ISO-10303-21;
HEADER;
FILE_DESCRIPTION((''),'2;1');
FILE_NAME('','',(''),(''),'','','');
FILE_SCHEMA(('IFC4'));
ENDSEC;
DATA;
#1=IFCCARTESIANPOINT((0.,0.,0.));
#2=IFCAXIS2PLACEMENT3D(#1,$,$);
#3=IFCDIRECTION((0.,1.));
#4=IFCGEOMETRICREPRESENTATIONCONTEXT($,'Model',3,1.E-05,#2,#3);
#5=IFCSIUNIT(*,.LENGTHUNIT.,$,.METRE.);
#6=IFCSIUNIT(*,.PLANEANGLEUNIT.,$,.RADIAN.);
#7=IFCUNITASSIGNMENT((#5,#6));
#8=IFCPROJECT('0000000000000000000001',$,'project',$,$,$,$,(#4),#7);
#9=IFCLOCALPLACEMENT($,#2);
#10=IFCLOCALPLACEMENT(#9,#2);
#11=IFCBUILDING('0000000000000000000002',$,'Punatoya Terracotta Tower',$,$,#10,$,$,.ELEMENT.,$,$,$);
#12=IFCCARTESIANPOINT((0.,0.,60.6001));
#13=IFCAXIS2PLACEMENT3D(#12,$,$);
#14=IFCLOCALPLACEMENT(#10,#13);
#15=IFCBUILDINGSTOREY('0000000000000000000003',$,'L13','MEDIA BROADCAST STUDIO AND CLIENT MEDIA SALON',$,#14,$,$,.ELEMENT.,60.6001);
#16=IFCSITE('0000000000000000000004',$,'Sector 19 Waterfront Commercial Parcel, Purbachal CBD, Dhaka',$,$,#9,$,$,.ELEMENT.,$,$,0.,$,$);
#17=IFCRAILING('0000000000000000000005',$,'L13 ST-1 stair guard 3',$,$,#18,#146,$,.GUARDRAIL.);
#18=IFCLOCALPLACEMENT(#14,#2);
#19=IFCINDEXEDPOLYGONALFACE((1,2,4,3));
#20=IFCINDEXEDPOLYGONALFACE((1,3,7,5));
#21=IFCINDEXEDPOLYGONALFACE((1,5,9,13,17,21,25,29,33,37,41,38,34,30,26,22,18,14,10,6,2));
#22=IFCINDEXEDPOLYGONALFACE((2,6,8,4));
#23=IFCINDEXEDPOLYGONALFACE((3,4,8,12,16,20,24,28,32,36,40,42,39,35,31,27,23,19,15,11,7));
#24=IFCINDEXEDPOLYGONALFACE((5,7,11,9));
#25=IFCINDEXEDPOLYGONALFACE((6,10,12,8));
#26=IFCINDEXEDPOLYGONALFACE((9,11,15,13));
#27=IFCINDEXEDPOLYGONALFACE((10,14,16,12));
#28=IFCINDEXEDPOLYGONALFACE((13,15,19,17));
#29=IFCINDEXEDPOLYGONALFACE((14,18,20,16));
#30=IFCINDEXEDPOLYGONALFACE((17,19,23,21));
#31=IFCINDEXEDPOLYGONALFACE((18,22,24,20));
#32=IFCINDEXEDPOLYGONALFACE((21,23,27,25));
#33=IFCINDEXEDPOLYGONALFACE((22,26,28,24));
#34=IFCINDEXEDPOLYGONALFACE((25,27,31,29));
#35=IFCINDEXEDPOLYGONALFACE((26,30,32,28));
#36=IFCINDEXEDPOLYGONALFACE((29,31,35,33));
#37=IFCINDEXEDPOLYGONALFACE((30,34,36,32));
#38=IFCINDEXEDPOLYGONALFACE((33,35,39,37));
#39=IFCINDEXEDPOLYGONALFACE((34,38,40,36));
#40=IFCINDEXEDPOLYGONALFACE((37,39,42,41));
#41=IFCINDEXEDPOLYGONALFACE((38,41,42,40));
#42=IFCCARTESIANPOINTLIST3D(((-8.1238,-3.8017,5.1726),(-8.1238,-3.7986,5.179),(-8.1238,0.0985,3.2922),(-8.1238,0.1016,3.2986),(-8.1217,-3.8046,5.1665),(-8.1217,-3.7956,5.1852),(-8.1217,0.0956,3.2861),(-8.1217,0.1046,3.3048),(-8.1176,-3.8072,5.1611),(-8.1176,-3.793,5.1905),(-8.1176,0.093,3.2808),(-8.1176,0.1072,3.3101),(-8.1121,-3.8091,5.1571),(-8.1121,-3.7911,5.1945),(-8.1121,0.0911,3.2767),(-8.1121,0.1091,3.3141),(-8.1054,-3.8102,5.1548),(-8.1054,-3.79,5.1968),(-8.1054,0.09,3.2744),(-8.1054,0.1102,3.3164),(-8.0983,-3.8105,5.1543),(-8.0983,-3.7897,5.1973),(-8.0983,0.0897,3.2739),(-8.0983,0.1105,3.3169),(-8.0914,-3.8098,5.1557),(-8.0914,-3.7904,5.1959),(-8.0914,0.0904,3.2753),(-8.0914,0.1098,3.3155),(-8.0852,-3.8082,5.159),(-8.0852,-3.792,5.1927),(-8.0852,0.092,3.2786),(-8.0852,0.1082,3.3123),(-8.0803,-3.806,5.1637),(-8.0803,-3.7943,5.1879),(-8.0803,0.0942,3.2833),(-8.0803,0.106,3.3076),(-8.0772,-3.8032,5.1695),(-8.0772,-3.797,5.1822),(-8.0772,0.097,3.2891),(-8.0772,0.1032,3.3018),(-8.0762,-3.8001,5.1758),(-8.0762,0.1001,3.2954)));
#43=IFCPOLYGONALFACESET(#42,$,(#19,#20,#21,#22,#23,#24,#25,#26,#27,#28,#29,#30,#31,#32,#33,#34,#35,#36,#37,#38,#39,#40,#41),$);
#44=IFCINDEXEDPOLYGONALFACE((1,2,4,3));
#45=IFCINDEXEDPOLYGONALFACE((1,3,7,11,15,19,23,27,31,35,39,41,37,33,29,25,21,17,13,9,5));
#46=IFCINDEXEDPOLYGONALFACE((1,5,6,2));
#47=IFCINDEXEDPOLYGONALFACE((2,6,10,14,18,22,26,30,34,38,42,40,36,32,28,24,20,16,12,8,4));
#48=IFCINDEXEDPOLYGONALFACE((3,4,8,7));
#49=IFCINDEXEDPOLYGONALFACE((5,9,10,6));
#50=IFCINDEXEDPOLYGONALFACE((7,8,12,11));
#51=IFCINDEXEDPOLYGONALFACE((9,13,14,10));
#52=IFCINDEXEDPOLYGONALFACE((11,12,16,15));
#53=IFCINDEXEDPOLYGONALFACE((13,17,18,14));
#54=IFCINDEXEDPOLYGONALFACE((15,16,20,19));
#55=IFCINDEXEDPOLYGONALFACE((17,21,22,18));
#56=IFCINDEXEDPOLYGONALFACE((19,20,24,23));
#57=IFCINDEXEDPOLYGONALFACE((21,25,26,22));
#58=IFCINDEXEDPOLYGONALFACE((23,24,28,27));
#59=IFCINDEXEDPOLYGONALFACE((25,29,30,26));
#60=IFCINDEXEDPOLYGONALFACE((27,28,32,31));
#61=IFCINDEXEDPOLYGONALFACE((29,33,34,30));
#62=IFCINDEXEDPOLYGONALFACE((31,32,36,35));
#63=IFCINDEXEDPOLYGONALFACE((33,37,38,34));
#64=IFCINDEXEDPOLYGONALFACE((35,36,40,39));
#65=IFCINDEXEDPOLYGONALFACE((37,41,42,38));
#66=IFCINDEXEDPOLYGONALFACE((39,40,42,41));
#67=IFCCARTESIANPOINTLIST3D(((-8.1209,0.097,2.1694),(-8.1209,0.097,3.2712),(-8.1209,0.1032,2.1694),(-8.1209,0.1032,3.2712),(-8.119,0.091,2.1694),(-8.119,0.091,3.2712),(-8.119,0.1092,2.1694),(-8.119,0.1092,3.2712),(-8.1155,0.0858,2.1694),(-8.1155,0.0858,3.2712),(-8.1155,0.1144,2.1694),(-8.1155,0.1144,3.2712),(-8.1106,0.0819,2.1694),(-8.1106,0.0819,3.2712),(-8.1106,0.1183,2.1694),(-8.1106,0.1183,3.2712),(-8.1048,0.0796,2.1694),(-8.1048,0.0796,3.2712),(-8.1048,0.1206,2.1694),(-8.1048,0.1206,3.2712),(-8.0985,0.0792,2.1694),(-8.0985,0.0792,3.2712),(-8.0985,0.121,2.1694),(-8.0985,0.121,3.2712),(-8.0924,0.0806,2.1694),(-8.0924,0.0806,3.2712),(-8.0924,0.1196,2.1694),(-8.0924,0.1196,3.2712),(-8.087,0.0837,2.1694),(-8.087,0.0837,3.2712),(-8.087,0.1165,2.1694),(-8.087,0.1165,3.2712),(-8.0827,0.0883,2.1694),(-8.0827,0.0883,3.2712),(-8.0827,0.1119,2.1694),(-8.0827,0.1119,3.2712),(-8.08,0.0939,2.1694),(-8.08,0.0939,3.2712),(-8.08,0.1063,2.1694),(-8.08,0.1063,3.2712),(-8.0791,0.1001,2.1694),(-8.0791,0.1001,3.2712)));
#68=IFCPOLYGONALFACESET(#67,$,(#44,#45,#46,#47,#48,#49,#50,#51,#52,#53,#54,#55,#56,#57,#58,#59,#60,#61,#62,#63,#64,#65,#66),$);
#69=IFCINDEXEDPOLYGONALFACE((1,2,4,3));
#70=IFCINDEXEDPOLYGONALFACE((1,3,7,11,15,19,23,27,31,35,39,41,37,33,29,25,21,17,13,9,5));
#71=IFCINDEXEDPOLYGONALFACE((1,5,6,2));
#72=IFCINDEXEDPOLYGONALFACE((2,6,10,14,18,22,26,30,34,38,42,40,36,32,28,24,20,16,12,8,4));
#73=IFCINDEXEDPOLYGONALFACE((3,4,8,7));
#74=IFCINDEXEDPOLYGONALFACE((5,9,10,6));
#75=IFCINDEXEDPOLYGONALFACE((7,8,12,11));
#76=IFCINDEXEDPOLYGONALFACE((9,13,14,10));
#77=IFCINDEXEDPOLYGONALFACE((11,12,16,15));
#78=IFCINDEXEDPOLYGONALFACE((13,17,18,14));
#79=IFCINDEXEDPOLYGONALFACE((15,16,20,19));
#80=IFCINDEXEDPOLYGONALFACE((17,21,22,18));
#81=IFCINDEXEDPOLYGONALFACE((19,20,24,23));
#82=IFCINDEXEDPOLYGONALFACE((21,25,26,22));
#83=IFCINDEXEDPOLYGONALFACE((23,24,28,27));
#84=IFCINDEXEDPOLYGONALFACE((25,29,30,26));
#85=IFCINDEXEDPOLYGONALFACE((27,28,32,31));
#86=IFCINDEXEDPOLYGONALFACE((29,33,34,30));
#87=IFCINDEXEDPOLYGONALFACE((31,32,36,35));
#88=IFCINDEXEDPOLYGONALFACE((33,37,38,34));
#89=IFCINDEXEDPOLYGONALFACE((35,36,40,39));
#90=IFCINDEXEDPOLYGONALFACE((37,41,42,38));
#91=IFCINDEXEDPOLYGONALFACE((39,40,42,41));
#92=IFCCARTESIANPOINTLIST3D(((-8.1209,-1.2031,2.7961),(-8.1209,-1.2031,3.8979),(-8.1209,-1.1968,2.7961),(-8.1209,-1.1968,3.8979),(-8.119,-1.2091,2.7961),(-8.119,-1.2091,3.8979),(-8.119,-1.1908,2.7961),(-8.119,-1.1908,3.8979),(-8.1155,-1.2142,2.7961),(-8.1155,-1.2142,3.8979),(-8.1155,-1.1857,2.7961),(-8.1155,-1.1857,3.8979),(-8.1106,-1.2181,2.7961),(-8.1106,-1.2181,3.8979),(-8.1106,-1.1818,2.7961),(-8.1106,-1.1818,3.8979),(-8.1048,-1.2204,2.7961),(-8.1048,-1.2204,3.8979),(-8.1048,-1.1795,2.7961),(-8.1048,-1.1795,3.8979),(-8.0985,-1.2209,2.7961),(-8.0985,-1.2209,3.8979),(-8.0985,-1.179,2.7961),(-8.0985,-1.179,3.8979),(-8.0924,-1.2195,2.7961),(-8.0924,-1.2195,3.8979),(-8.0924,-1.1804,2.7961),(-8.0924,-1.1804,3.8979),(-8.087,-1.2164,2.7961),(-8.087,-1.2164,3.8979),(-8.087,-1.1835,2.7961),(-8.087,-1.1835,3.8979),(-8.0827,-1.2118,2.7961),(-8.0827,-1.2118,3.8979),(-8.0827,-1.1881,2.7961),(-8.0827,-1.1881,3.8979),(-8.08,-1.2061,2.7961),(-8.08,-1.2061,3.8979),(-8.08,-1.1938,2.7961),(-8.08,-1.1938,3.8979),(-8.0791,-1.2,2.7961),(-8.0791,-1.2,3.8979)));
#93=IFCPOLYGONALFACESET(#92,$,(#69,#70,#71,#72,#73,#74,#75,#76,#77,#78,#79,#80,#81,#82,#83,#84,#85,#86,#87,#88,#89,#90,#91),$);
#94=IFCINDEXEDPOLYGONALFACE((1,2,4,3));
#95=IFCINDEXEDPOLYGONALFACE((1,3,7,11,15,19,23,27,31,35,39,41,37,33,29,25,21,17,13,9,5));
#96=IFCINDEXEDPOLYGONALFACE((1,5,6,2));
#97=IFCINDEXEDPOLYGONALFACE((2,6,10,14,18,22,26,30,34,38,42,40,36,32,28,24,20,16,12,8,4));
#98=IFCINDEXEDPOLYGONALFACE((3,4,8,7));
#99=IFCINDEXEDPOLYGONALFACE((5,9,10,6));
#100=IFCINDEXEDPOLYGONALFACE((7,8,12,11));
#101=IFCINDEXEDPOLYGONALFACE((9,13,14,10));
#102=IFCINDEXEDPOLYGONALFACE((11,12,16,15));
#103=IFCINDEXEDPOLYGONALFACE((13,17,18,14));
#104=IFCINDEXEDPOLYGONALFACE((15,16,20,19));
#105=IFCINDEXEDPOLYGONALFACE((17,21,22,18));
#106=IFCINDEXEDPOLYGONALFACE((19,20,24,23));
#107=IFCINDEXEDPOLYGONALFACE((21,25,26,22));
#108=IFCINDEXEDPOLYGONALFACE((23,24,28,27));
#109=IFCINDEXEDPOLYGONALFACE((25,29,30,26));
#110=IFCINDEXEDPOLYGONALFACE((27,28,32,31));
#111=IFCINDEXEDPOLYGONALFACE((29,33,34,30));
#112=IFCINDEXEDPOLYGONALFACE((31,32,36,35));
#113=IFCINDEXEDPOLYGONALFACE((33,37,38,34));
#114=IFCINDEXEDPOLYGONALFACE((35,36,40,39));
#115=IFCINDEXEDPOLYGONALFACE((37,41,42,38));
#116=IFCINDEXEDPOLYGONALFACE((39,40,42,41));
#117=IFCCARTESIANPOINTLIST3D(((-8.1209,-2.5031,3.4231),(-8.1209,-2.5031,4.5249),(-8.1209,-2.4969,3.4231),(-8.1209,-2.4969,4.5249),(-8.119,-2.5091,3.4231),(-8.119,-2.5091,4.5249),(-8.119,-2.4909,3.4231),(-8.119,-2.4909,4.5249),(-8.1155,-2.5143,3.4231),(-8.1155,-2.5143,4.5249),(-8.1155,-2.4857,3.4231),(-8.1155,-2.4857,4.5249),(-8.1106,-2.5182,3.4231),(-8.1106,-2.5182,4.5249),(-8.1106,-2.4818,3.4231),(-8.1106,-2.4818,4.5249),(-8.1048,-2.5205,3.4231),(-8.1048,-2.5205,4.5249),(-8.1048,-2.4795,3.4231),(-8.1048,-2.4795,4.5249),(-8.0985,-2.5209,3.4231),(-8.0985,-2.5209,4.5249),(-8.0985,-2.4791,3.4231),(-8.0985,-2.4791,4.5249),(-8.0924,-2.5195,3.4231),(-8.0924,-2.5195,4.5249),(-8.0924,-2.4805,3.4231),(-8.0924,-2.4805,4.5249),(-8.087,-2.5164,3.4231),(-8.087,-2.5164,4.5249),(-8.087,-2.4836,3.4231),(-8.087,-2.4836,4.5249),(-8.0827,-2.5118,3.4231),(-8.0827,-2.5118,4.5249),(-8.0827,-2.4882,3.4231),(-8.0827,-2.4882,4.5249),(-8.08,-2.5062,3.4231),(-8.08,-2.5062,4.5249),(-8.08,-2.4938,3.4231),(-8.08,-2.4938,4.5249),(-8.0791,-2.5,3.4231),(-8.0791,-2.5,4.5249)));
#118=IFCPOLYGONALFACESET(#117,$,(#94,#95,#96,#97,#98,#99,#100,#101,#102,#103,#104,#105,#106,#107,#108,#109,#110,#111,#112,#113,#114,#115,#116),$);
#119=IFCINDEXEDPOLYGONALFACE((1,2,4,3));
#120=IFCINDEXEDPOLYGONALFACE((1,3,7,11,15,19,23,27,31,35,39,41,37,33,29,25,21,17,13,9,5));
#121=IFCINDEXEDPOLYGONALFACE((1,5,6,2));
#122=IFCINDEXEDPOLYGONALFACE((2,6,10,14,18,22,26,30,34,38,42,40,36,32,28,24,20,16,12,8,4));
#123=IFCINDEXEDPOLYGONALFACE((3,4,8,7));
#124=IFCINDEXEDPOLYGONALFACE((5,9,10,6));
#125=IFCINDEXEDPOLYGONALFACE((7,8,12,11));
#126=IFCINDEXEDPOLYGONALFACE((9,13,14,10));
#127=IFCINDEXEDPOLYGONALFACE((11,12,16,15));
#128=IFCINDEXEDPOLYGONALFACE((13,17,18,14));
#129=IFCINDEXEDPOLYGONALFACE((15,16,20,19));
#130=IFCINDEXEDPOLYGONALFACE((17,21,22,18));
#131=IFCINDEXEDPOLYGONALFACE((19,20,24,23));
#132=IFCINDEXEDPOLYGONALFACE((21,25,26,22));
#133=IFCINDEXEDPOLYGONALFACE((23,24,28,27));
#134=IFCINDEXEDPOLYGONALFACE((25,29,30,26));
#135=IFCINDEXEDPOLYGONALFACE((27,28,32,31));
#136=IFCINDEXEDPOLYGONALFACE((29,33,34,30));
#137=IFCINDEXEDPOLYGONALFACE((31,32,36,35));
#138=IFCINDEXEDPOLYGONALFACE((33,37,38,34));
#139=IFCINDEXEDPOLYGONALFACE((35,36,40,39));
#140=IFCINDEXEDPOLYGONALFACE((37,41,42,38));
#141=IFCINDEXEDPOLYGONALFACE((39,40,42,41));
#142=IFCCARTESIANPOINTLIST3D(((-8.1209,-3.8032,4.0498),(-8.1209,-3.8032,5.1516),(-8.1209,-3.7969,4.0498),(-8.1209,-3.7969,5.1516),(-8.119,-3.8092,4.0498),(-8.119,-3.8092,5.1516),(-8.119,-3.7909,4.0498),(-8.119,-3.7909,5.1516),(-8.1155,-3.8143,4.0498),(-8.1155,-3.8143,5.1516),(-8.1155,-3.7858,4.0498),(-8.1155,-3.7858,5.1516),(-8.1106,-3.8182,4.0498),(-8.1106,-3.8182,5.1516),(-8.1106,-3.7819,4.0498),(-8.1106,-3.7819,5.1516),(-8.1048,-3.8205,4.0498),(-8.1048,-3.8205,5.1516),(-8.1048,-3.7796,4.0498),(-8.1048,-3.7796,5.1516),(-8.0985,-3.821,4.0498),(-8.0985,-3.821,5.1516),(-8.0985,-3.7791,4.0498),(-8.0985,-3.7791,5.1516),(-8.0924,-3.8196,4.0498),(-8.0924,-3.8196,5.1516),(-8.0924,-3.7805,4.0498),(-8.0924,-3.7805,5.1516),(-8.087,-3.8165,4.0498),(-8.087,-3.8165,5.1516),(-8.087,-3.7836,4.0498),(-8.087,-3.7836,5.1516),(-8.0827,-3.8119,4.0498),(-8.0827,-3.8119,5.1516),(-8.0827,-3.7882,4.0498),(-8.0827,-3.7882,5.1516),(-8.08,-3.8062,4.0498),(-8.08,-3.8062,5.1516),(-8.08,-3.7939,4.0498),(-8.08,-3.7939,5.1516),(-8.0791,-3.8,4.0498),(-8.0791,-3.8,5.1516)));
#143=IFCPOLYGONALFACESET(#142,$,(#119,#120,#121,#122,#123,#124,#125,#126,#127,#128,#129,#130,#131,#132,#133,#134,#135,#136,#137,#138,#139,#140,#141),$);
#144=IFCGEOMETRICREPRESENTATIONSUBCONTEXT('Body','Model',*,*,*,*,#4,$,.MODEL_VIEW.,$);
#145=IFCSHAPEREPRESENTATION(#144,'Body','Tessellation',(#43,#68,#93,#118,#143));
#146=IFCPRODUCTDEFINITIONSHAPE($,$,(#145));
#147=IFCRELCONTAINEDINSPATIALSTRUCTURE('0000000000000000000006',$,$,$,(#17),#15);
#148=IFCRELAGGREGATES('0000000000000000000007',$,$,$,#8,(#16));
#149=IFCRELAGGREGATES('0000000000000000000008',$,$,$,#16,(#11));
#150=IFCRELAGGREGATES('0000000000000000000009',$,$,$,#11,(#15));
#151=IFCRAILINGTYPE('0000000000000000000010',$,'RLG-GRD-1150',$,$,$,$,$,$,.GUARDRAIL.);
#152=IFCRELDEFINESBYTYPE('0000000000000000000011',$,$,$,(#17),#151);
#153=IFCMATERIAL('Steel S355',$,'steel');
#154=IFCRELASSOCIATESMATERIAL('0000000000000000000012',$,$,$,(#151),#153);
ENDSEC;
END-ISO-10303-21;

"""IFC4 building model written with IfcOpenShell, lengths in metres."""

from ifc_helpers import new_model, si_unit, direction, frame, origin, origin_2d, place, context, subcontext, project, spatial, circle, extrude, material, type_object, element, save


model = new_model("IFC4")

# Units and contexts
model_context = context("Model", 3, precision=1e-05, world=origin(), true_north=direction((0.0, 1.0)))
body_context = subcontext(model_context, "Body", "Model", "MODEL_VIEW")
ifc_project = project(units=[si_unit("LENGTHUNIT", "METRE"), si_unit("PLANEANGLEUNIT", "RADIAN")], contexts=[model_context])

# Site, building, storey
site_placement = place(None, origin())
site = spatial("IfcSite", under=ifc_project, at=site_placement, Name="Sector 19 Waterfront Commercial Parcel, Purbachal CBD, Dhaka", CompositionType="ELEMENT", RefElevation=0.0)
building_placement = place(site_placement, origin())
building = spatial("IfcBuilding", under=site, at=building_placement, Name="Punatoya Terracotta Tower", CompositionType="ELEMENT")
storey_placement = place(building_placement, frame((0.0, 0.0, 60.6001)))
storey = spatial("IfcBuildingStorey", under=building, at=storey_placement, Name="L13", Description="MEDIA BROADCAST STUDIO AND CLIENT MEDIA SALON", CompositionType="ELEMENT", Elevation=60.6001)

# Shared definitions
ifc_material_1 = material(Name="Steel S355", Category="steel")

# Railing
railing_type_1 = type_object("IfcRailingType", Name="RLG-GRD-1150", PredefinedType="GUARDRAIL", material=ifc_material_1)
railing_1_placement = place(storey_placement, frame((-8.1001, 0.1001, 2.1694)))
element("IfcRailing", 1, at=railing_1_placement, inside=storey, type_object=railing_type_1, Name="L13 ST-1 stair guard 3", PredefinedType="GUARDRAIL", context=body_context, shape_type="SweptSolid", body=[
    extrude(circle(Radius=0.0239, at=origin_2d()), frame((0.0, 0.0, 1.126), z_axis=(0.0, -0.900774, 0.434289), x_axis=(1.0, 0.0, 0.0)), (0.0, 0.0, 1.0), 4.3298),
    extrude(circle(Radius=0.021, at=origin_2d()), origin(), (0.0, 0.0, 1.0), 1.1018),
    extrude(circle(Radius=0.021, at=origin_2d()), frame((0.0, -1.3, 0.6267)), (0.0, 0.0, 1.0), 1.1018),
    extrude(circle(Radius=0.021, at=origin_2d()), frame((0.0, -2.6001, 1.2537)), (0.0, 0.0, 1.0), 1.1018),
    extrude(circle(Radius=0.021, at=origin_2d()), frame((0.0, -3.9001, 1.8804)), (0.0, 0.0, 1.0), 1.1018),
])

save(model, "model.ifc")
